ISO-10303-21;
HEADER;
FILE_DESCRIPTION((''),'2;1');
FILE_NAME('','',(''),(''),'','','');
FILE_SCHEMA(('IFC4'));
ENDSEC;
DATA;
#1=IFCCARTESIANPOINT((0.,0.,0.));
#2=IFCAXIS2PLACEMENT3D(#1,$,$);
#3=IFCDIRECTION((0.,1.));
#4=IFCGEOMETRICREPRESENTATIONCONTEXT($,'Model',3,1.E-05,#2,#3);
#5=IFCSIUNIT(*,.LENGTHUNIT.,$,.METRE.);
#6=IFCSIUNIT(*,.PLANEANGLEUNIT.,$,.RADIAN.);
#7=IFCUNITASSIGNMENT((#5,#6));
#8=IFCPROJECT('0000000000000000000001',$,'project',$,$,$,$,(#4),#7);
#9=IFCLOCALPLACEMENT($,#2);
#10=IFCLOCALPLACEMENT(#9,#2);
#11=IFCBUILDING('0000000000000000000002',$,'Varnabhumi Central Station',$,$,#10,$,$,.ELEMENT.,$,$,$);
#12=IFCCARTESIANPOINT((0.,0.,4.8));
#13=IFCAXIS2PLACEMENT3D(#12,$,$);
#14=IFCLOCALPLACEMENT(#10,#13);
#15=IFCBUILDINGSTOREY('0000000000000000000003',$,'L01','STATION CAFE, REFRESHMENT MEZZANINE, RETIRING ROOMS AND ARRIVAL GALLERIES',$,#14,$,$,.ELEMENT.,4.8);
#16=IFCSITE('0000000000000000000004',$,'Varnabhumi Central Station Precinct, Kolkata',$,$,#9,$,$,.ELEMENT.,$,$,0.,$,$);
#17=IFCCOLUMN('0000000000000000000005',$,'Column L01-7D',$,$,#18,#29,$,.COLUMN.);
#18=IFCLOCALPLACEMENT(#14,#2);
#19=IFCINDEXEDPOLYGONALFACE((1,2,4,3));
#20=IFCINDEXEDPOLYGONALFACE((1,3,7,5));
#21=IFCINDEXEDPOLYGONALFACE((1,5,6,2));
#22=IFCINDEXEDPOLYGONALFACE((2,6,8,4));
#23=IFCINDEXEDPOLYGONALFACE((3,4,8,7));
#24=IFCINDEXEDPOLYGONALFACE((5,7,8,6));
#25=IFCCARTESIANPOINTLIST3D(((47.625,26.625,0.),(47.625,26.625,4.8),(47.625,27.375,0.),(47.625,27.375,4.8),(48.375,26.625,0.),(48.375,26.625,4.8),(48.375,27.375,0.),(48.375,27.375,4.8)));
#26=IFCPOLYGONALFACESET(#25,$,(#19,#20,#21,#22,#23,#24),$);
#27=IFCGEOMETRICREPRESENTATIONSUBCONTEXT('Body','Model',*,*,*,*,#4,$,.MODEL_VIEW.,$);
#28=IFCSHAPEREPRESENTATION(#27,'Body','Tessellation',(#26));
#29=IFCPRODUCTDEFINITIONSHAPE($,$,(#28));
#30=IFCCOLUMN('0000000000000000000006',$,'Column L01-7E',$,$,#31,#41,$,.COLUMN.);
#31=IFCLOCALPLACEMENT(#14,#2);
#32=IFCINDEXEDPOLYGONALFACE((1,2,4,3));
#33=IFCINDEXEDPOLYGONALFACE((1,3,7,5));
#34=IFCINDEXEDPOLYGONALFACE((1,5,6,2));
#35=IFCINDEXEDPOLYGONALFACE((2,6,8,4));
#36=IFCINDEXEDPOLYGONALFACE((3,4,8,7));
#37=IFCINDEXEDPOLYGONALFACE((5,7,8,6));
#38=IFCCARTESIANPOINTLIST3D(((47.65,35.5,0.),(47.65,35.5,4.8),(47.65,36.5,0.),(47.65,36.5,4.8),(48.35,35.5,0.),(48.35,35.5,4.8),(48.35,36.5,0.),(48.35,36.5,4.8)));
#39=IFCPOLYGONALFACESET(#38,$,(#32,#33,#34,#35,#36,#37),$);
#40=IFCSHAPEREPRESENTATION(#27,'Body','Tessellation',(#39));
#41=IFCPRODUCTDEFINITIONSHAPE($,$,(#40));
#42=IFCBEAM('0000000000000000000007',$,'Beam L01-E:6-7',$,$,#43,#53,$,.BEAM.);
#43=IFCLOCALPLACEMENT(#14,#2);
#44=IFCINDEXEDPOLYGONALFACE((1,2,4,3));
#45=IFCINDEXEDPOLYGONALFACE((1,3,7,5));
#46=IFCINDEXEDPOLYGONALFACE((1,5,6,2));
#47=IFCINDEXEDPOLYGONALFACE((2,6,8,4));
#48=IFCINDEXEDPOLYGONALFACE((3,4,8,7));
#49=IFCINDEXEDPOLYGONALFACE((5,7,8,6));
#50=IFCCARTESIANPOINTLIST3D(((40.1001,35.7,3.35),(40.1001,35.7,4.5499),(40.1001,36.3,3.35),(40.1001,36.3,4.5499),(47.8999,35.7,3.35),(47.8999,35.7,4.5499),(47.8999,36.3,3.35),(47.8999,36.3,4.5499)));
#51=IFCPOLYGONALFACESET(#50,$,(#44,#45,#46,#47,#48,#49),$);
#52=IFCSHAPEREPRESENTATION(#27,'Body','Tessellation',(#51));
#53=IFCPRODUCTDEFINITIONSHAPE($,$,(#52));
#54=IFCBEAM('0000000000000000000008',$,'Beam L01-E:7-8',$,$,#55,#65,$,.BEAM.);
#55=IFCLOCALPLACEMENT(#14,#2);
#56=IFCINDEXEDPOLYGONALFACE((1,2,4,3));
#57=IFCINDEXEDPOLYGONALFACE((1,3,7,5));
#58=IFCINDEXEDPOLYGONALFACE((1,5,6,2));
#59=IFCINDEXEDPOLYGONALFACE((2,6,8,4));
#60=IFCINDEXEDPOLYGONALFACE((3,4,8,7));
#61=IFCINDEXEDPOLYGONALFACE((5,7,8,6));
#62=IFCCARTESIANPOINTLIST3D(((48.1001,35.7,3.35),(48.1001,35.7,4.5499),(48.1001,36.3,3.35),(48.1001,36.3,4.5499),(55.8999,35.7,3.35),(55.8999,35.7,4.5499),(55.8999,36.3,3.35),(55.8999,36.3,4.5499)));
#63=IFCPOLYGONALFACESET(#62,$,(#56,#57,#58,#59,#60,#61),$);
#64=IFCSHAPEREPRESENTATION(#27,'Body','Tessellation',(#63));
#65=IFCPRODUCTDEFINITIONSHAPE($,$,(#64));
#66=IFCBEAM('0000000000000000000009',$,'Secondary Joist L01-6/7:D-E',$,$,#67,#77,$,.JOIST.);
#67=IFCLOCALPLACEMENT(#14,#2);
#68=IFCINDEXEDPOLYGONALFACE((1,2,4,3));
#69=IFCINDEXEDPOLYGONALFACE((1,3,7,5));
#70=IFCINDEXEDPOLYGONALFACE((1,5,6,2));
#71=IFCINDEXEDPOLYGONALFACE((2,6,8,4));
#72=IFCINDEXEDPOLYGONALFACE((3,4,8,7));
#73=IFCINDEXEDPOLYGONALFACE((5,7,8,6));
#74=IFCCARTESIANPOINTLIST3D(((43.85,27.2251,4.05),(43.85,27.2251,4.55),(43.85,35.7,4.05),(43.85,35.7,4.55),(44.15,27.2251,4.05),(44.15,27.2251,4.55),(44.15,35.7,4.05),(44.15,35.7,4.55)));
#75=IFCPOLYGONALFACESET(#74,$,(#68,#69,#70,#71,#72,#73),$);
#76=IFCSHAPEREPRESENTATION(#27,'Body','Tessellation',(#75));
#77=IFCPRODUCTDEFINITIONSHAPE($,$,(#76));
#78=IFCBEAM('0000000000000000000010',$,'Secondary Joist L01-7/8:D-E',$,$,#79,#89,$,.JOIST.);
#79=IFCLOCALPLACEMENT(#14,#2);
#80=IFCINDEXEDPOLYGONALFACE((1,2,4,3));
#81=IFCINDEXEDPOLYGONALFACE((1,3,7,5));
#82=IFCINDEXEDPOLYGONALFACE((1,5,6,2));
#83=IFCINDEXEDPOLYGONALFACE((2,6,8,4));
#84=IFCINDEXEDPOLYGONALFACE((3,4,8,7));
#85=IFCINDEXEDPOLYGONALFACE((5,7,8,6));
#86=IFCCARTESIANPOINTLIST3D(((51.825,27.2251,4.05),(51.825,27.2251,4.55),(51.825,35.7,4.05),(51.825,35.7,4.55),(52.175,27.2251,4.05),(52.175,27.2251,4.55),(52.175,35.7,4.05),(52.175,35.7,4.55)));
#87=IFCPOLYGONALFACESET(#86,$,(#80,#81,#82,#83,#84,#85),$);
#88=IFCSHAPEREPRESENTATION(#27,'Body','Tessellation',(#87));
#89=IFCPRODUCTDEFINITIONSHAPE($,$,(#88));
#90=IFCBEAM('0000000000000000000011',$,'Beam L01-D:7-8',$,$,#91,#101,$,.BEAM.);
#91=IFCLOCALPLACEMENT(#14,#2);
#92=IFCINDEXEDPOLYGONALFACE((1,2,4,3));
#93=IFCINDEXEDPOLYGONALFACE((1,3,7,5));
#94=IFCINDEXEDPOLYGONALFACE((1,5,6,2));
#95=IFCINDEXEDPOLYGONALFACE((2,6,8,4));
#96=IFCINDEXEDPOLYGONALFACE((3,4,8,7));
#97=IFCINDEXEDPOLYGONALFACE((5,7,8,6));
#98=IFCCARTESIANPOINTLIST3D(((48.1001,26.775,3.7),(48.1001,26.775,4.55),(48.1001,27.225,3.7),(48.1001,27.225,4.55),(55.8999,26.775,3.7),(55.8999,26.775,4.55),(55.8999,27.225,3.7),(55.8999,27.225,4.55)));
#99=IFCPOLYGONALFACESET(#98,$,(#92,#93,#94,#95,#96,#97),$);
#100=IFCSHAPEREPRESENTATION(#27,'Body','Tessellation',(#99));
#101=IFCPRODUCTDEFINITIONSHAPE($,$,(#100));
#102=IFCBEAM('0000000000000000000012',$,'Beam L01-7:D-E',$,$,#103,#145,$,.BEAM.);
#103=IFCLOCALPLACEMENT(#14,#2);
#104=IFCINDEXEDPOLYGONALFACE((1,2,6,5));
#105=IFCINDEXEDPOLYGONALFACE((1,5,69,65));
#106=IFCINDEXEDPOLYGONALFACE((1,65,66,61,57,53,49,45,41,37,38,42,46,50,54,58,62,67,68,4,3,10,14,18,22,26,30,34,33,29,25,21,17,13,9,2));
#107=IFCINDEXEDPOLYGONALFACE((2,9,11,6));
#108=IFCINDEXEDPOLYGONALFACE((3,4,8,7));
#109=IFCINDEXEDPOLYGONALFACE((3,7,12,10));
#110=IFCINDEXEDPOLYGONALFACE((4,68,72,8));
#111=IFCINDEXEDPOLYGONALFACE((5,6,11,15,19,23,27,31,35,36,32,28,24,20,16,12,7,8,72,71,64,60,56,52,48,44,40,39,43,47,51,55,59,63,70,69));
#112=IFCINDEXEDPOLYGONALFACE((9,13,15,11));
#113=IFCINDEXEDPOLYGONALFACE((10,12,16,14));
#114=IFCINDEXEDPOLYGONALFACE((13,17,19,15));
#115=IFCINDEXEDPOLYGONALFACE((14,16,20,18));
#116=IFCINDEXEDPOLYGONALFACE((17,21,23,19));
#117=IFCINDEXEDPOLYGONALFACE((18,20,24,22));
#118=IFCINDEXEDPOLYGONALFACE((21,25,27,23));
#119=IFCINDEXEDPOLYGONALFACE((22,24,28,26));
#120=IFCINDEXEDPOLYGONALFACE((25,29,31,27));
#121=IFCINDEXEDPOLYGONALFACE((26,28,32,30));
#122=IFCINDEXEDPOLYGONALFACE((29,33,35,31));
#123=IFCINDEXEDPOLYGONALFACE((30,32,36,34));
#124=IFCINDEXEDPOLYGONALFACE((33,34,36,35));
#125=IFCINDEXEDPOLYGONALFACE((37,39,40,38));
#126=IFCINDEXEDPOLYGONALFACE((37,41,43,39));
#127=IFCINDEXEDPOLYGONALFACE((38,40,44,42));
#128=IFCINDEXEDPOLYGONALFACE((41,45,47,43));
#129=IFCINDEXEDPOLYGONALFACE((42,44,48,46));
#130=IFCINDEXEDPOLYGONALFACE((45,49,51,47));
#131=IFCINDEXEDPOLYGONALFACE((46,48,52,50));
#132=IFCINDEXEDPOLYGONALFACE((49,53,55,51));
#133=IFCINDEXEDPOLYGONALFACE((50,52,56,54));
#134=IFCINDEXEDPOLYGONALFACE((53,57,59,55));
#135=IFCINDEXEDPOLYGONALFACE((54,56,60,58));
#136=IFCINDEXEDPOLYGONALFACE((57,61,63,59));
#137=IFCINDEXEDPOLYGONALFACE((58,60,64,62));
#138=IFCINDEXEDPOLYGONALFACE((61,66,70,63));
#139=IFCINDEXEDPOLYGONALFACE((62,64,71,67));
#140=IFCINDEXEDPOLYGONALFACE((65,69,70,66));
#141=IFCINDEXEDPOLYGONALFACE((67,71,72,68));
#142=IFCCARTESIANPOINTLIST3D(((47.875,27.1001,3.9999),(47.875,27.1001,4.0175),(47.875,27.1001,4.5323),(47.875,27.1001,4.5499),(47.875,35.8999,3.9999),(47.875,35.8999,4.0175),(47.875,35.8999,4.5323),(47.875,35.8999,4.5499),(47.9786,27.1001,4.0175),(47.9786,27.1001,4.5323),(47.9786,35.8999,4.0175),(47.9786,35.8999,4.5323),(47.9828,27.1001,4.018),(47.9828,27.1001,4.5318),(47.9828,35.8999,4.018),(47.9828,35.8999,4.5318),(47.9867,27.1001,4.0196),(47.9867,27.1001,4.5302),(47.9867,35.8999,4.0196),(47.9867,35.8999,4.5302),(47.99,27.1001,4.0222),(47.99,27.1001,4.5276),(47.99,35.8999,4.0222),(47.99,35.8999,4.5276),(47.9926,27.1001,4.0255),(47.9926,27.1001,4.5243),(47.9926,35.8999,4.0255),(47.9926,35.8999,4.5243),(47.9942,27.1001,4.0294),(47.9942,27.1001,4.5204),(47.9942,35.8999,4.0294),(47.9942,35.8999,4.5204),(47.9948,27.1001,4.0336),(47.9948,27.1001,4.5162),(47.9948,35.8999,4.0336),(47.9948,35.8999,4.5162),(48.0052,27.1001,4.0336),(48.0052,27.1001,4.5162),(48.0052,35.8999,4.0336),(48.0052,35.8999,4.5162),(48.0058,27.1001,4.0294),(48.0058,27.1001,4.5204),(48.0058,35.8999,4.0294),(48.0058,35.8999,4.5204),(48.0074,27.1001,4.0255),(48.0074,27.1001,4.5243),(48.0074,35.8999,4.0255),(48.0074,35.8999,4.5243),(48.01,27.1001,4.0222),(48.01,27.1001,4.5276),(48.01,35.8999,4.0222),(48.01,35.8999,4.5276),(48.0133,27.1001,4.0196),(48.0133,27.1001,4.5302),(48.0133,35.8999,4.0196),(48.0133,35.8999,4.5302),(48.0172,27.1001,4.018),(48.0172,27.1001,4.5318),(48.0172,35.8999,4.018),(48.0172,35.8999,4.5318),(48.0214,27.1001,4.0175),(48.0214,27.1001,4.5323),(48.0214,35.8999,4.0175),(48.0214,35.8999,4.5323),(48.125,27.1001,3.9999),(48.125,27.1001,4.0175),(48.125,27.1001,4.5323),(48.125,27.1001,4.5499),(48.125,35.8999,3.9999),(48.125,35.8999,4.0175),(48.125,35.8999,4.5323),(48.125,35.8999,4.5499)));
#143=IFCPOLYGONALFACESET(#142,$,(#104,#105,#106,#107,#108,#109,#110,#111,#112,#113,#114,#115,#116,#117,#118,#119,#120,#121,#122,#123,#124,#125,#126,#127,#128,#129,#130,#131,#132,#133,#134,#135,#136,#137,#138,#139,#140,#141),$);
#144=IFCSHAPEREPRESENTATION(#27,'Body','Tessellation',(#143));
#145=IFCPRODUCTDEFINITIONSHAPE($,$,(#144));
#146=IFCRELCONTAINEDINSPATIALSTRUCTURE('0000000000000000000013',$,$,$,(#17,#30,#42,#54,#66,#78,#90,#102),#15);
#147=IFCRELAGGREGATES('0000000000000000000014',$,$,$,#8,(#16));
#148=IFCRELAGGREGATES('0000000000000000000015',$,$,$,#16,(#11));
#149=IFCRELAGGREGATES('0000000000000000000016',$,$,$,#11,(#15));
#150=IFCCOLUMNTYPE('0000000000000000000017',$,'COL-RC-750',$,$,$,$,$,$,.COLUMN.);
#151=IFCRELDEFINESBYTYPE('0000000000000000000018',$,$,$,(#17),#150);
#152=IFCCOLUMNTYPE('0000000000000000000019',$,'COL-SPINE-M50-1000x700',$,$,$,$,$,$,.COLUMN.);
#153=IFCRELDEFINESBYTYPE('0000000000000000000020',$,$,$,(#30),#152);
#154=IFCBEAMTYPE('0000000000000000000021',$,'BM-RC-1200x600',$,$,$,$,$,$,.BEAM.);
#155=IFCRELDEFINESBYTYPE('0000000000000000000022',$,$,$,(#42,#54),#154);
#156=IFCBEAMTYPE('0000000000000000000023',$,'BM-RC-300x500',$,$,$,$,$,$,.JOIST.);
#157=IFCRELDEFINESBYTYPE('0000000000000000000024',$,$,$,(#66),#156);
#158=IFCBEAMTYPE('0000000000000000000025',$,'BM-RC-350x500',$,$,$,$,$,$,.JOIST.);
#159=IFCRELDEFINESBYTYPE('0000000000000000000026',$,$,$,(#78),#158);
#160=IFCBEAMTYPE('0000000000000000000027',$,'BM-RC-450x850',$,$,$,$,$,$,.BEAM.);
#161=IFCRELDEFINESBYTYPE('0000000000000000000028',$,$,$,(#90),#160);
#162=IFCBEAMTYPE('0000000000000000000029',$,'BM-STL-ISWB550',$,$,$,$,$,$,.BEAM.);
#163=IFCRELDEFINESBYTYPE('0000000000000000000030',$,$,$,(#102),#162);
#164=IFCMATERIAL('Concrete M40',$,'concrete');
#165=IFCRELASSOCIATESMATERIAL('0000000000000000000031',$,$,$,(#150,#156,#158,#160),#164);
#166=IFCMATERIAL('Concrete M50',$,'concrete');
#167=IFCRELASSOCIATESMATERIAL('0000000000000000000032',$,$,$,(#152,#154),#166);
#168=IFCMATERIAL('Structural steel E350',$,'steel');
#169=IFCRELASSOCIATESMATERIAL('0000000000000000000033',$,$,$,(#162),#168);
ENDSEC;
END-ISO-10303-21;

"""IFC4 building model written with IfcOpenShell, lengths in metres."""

from ifc_helpers import new_model, si_unit, direction, frame, origin, origin_2d, place, context, subcontext, project, spatial, rectangle, i_section, extrude, material, material_profile, profile_set, type_object, element, save


model = new_model("IFC4")

# Units and contexts
model_context = context("Model", 3, precision=1e-05, world=origin(), true_north=direction((0.0, 1.0)))
body_context = subcontext(model_context, "Body", "Model", "MODEL_VIEW")
ifc_project = project(units=[si_unit("LENGTHUNIT", "METRE"), si_unit("PLANEANGLEUNIT", "RADIAN")], contexts=[model_context])

# Site, building, storey
site_placement = place(None, origin())
site = spatial("IfcSite", under=ifc_project, at=site_placement, Name="Varnabhumi Central Station Precinct, Kolkata", CompositionType="ELEMENT", RefElevation=0.0)
building_placement = place(site_placement, origin())
building = spatial("IfcBuilding", under=site, at=building_placement, Name="Varnabhumi Central Station", CompositionType="ELEMENT")
storey_placement = place(building_placement, frame((0.0, 0.0, 4.8)))
storey = spatial("IfcBuildingStorey", under=building, at=storey_placement, Name="L01", Description="STATION CAFE, REFRESHMENT MEZZANINE, RETIRING ROOMS AND ARRIVAL GALLERIES", CompositionType="ELEMENT", Elevation=4.8)

# Columns
ifc_material_1 = material(Name="Concrete M40", Category="concrete")
ifc_material_profile_1 = material_profile(ifc_material_1, rectangle(XDim=0.75, YDim=0.75, at=origin_2d()), Name="Concrete M40", Category="concrete")
ifc_profile_set_1 = profile_set([ifc_material_profile_1], Name="Concrete M40")
column_type_1 = type_object("IfcColumnType", Name="COL-RC-750", PredefinedType="COLUMN", material=ifc_profile_set_1)
column_1_placement = place(storey_placement, frame((48.0, 27.0, 0.0), z_axis=(0.0, 0.0, 1.0), x_axis=(1.0, 0.0, 0.0)))
element("IfcColumn", 1, at=column_1_placement, inside=storey, type_object=column_type_1, Name="Column L01-7D", PredefinedType="COLUMN", context=body_context, shape_type="SweptSolid", body=[
    extrude(rectangle(XDim=0.75, YDim=0.75, at=origin_2d()), origin(), (0.0, 0.0, 1.0), 4.8),
])
ifc_material_2 = material(Name="Concrete M50", Category="concrete")
ifc_material_profile_2 = material_profile(ifc_material_2, rectangle(XDim=0.7, YDim=1.0, at=origin_2d()), Name="Concrete M50", Category="concrete")
ifc_profile_set_2 = profile_set([ifc_material_profile_2], Name="Concrete M50")
column_type_2 = type_object("IfcColumnType", Name="COL-SPINE-M50-1000x700", PredefinedType="COLUMN", material=ifc_profile_set_2)
column_2_placement = place(storey_placement, frame((48.0, 36.0, 0.0), z_axis=(0.0, 0.0, 1.0), x_axis=(1.0, 0.0, 0.0)))
element("IfcColumn", 2, at=column_2_placement, inside=storey, type_object=column_type_2, Name="Column L01-7E", PredefinedType="COLUMN", context=body_context, shape_type="SweptSolid", body=[
    extrude(rectangle(XDim=0.7, YDim=1.0, at=origin_2d()), origin(), (0.0, 0.0, 1.0), 4.8),
])

# Beams
ifc_material_profile_3 = material_profile(ifc_material_2, rectangle(XDim=0.6001, YDim=1.2, at=origin_2d()), Name="Concrete M50", Category="concrete")
ifc_profile_set_3 = profile_set([ifc_material_profile_3], Name="Concrete M50")
beam_type_1 = type_object("IfcBeamType", Name="BM-RC-1200x600", PredefinedType="BEAM", material=ifc_profile_set_3)
for number, where, z_axis, x_axis, name in (
    (3, (40.1001, 36.0, 3.95), (1.0, 0.0, 0.0), (0.0, 1.0, 0.0), "Beam L01-E:6-7"),
    (4, (48.1001, 36.0, 3.95), (1.0, 0.0, 0.0), (0.0, 1.0, 0.0), "Beam L01-E:7-8"),
):
    element("IfcBeam", number, at=place(storey_placement, frame(where, z_axis=z_axis, x_axis=x_axis)), inside=storey, type_object=beam_type_1, Name=name, PredefinedType="BEAM", context=body_context, shape_type="SweptSolid", body=[
        extrude(rectangle(XDim=0.6001, YDim=1.2, at=origin_2d()), origin(), (0.0, 0.0, 1.0), 7.7998),
    ])
ifc_material_profile_4 = material_profile(ifc_material_1, rectangle(XDim=0.3, YDim=0.5, at=origin_2d()), Name="Concrete M40", Category="concrete")
ifc_profile_set_4 = profile_set([ifc_material_profile_4], Name="Concrete M40")
beam_type_2 = type_object("IfcBeamType", Name="BM-RC-300x500", PredefinedType="JOIST", material=ifc_profile_set_4)
beam_1_placement = place(storey_placement, frame((44.0, 27.2251, 4.3), z_axis=(0.0, 1.0, 0.0), x_axis=(-1.0, 0.0, 0.0)))
element("IfcBeam", 5, at=beam_1_placement, inside=storey, type_object=beam_type_2, Name="Secondary Joist L01-6/7:D-E", PredefinedType="JOIST", context=body_context, shape_type="SweptSolid", body=[
    extrude(rectangle(XDim=0.3, YDim=0.5, at=origin_2d()), origin(), (0.0, 0.0, 1.0), 8.4749),
])
ifc_material_profile_5 = material_profile(ifc_material_1, rectangle(XDim=0.3501, YDim=0.5, at=origin_2d()), Name="Concrete M40", Category="concrete")
ifc_profile_set_5 = profile_set([ifc_material_profile_5], Name="Concrete M40")
beam_type_3 = type_object("IfcBeamType", Name="BM-RC-350x500", PredefinedType="JOIST", material=ifc_profile_set_5)
beam_2_placement = place(storey_placement, frame((52.0, 27.2251, 4.3), z_axis=(0.0, 1.0, 0.0), x_axis=(-1.0, 0.0, 0.0)))
element("IfcBeam", 6, at=beam_2_placement, inside=storey, type_object=beam_type_3, Name="Secondary Joist L01-7/8:D-E", PredefinedType="JOIST", context=body_context, shape_type="SweptSolid", body=[
    extrude(rectangle(XDim=0.3501, YDim=0.5, at=origin_2d()), origin(), (0.0, 0.0, 1.0), 8.4749),
])
ifc_material_profile_6 = material_profile(ifc_material_1, rectangle(XDim=0.45, YDim=0.8501, at=origin_2d()), Name="Concrete M40", Category="concrete")
ifc_profile_set_6 = profile_set([ifc_material_profile_6], Name="Concrete M40")
beam_type_4 = type_object("IfcBeamType", Name="BM-RC-450x850", PredefinedType="BEAM", material=ifc_profile_set_6)
beam_3_placement = place(storey_placement, frame((48.1001, 27.0, 4.125), z_axis=(1.0, 0.0, 0.0), x_axis=(0.0, 1.0, 0.0)))
element("IfcBeam", 7, at=beam_3_placement, inside=storey, type_object=beam_type_4, Name="Beam L01-D:7-8", PredefinedType="BEAM", context=body_context, shape_type="SweptSolid", body=[
    extrude(rectangle(XDim=0.45, YDim=0.8501, at=origin_2d()), origin(), (0.0, 0.0, 1.0), 7.7998),
])
ifc_material_3 = material(Name="Structural steel E350", Category="steel")
ifc_material_profile_7 = material_profile(ifc_material_3, i_section(OverallWidth=0.25, OverallDepth=0.55, WebThickness=0.0105, FlangeThickness=0.0176, FilletRadius=0.0161, at=origin_2d()), Name="Structural steel E350", Category="steel")
ifc_profile_set_7 = profile_set([ifc_material_profile_7], Name="Structural steel E350")
beam_type_5 = type_object("IfcBeamType", Name="BM-STL-ISWB550", PredefinedType="BEAM", material=ifc_profile_set_7)
beam_4_placement = place(storey_placement, frame((48.0, 27.1001, 4.2749), z_axis=(0.0, 1.0, 0.0), x_axis=(-1.0, 0.0, 0.0)))
element("IfcBeam", 8, at=beam_4_placement, inside=storey, type_object=beam_type_5, Name="Beam L01-7:D-E", PredefinedType="BEAM", context=body_context, shape_type="SweptSolid", body=[
    extrude(i_section(OverallWidth=0.25, OverallDepth=0.55, WebThickness=0.0105, FlangeThickness=0.0176, FilletRadius=0.0161, at=origin_2d()), origin(), (0.0, 0.0, 1.0), 8.7998),
])

save(model, "model.ifc")
